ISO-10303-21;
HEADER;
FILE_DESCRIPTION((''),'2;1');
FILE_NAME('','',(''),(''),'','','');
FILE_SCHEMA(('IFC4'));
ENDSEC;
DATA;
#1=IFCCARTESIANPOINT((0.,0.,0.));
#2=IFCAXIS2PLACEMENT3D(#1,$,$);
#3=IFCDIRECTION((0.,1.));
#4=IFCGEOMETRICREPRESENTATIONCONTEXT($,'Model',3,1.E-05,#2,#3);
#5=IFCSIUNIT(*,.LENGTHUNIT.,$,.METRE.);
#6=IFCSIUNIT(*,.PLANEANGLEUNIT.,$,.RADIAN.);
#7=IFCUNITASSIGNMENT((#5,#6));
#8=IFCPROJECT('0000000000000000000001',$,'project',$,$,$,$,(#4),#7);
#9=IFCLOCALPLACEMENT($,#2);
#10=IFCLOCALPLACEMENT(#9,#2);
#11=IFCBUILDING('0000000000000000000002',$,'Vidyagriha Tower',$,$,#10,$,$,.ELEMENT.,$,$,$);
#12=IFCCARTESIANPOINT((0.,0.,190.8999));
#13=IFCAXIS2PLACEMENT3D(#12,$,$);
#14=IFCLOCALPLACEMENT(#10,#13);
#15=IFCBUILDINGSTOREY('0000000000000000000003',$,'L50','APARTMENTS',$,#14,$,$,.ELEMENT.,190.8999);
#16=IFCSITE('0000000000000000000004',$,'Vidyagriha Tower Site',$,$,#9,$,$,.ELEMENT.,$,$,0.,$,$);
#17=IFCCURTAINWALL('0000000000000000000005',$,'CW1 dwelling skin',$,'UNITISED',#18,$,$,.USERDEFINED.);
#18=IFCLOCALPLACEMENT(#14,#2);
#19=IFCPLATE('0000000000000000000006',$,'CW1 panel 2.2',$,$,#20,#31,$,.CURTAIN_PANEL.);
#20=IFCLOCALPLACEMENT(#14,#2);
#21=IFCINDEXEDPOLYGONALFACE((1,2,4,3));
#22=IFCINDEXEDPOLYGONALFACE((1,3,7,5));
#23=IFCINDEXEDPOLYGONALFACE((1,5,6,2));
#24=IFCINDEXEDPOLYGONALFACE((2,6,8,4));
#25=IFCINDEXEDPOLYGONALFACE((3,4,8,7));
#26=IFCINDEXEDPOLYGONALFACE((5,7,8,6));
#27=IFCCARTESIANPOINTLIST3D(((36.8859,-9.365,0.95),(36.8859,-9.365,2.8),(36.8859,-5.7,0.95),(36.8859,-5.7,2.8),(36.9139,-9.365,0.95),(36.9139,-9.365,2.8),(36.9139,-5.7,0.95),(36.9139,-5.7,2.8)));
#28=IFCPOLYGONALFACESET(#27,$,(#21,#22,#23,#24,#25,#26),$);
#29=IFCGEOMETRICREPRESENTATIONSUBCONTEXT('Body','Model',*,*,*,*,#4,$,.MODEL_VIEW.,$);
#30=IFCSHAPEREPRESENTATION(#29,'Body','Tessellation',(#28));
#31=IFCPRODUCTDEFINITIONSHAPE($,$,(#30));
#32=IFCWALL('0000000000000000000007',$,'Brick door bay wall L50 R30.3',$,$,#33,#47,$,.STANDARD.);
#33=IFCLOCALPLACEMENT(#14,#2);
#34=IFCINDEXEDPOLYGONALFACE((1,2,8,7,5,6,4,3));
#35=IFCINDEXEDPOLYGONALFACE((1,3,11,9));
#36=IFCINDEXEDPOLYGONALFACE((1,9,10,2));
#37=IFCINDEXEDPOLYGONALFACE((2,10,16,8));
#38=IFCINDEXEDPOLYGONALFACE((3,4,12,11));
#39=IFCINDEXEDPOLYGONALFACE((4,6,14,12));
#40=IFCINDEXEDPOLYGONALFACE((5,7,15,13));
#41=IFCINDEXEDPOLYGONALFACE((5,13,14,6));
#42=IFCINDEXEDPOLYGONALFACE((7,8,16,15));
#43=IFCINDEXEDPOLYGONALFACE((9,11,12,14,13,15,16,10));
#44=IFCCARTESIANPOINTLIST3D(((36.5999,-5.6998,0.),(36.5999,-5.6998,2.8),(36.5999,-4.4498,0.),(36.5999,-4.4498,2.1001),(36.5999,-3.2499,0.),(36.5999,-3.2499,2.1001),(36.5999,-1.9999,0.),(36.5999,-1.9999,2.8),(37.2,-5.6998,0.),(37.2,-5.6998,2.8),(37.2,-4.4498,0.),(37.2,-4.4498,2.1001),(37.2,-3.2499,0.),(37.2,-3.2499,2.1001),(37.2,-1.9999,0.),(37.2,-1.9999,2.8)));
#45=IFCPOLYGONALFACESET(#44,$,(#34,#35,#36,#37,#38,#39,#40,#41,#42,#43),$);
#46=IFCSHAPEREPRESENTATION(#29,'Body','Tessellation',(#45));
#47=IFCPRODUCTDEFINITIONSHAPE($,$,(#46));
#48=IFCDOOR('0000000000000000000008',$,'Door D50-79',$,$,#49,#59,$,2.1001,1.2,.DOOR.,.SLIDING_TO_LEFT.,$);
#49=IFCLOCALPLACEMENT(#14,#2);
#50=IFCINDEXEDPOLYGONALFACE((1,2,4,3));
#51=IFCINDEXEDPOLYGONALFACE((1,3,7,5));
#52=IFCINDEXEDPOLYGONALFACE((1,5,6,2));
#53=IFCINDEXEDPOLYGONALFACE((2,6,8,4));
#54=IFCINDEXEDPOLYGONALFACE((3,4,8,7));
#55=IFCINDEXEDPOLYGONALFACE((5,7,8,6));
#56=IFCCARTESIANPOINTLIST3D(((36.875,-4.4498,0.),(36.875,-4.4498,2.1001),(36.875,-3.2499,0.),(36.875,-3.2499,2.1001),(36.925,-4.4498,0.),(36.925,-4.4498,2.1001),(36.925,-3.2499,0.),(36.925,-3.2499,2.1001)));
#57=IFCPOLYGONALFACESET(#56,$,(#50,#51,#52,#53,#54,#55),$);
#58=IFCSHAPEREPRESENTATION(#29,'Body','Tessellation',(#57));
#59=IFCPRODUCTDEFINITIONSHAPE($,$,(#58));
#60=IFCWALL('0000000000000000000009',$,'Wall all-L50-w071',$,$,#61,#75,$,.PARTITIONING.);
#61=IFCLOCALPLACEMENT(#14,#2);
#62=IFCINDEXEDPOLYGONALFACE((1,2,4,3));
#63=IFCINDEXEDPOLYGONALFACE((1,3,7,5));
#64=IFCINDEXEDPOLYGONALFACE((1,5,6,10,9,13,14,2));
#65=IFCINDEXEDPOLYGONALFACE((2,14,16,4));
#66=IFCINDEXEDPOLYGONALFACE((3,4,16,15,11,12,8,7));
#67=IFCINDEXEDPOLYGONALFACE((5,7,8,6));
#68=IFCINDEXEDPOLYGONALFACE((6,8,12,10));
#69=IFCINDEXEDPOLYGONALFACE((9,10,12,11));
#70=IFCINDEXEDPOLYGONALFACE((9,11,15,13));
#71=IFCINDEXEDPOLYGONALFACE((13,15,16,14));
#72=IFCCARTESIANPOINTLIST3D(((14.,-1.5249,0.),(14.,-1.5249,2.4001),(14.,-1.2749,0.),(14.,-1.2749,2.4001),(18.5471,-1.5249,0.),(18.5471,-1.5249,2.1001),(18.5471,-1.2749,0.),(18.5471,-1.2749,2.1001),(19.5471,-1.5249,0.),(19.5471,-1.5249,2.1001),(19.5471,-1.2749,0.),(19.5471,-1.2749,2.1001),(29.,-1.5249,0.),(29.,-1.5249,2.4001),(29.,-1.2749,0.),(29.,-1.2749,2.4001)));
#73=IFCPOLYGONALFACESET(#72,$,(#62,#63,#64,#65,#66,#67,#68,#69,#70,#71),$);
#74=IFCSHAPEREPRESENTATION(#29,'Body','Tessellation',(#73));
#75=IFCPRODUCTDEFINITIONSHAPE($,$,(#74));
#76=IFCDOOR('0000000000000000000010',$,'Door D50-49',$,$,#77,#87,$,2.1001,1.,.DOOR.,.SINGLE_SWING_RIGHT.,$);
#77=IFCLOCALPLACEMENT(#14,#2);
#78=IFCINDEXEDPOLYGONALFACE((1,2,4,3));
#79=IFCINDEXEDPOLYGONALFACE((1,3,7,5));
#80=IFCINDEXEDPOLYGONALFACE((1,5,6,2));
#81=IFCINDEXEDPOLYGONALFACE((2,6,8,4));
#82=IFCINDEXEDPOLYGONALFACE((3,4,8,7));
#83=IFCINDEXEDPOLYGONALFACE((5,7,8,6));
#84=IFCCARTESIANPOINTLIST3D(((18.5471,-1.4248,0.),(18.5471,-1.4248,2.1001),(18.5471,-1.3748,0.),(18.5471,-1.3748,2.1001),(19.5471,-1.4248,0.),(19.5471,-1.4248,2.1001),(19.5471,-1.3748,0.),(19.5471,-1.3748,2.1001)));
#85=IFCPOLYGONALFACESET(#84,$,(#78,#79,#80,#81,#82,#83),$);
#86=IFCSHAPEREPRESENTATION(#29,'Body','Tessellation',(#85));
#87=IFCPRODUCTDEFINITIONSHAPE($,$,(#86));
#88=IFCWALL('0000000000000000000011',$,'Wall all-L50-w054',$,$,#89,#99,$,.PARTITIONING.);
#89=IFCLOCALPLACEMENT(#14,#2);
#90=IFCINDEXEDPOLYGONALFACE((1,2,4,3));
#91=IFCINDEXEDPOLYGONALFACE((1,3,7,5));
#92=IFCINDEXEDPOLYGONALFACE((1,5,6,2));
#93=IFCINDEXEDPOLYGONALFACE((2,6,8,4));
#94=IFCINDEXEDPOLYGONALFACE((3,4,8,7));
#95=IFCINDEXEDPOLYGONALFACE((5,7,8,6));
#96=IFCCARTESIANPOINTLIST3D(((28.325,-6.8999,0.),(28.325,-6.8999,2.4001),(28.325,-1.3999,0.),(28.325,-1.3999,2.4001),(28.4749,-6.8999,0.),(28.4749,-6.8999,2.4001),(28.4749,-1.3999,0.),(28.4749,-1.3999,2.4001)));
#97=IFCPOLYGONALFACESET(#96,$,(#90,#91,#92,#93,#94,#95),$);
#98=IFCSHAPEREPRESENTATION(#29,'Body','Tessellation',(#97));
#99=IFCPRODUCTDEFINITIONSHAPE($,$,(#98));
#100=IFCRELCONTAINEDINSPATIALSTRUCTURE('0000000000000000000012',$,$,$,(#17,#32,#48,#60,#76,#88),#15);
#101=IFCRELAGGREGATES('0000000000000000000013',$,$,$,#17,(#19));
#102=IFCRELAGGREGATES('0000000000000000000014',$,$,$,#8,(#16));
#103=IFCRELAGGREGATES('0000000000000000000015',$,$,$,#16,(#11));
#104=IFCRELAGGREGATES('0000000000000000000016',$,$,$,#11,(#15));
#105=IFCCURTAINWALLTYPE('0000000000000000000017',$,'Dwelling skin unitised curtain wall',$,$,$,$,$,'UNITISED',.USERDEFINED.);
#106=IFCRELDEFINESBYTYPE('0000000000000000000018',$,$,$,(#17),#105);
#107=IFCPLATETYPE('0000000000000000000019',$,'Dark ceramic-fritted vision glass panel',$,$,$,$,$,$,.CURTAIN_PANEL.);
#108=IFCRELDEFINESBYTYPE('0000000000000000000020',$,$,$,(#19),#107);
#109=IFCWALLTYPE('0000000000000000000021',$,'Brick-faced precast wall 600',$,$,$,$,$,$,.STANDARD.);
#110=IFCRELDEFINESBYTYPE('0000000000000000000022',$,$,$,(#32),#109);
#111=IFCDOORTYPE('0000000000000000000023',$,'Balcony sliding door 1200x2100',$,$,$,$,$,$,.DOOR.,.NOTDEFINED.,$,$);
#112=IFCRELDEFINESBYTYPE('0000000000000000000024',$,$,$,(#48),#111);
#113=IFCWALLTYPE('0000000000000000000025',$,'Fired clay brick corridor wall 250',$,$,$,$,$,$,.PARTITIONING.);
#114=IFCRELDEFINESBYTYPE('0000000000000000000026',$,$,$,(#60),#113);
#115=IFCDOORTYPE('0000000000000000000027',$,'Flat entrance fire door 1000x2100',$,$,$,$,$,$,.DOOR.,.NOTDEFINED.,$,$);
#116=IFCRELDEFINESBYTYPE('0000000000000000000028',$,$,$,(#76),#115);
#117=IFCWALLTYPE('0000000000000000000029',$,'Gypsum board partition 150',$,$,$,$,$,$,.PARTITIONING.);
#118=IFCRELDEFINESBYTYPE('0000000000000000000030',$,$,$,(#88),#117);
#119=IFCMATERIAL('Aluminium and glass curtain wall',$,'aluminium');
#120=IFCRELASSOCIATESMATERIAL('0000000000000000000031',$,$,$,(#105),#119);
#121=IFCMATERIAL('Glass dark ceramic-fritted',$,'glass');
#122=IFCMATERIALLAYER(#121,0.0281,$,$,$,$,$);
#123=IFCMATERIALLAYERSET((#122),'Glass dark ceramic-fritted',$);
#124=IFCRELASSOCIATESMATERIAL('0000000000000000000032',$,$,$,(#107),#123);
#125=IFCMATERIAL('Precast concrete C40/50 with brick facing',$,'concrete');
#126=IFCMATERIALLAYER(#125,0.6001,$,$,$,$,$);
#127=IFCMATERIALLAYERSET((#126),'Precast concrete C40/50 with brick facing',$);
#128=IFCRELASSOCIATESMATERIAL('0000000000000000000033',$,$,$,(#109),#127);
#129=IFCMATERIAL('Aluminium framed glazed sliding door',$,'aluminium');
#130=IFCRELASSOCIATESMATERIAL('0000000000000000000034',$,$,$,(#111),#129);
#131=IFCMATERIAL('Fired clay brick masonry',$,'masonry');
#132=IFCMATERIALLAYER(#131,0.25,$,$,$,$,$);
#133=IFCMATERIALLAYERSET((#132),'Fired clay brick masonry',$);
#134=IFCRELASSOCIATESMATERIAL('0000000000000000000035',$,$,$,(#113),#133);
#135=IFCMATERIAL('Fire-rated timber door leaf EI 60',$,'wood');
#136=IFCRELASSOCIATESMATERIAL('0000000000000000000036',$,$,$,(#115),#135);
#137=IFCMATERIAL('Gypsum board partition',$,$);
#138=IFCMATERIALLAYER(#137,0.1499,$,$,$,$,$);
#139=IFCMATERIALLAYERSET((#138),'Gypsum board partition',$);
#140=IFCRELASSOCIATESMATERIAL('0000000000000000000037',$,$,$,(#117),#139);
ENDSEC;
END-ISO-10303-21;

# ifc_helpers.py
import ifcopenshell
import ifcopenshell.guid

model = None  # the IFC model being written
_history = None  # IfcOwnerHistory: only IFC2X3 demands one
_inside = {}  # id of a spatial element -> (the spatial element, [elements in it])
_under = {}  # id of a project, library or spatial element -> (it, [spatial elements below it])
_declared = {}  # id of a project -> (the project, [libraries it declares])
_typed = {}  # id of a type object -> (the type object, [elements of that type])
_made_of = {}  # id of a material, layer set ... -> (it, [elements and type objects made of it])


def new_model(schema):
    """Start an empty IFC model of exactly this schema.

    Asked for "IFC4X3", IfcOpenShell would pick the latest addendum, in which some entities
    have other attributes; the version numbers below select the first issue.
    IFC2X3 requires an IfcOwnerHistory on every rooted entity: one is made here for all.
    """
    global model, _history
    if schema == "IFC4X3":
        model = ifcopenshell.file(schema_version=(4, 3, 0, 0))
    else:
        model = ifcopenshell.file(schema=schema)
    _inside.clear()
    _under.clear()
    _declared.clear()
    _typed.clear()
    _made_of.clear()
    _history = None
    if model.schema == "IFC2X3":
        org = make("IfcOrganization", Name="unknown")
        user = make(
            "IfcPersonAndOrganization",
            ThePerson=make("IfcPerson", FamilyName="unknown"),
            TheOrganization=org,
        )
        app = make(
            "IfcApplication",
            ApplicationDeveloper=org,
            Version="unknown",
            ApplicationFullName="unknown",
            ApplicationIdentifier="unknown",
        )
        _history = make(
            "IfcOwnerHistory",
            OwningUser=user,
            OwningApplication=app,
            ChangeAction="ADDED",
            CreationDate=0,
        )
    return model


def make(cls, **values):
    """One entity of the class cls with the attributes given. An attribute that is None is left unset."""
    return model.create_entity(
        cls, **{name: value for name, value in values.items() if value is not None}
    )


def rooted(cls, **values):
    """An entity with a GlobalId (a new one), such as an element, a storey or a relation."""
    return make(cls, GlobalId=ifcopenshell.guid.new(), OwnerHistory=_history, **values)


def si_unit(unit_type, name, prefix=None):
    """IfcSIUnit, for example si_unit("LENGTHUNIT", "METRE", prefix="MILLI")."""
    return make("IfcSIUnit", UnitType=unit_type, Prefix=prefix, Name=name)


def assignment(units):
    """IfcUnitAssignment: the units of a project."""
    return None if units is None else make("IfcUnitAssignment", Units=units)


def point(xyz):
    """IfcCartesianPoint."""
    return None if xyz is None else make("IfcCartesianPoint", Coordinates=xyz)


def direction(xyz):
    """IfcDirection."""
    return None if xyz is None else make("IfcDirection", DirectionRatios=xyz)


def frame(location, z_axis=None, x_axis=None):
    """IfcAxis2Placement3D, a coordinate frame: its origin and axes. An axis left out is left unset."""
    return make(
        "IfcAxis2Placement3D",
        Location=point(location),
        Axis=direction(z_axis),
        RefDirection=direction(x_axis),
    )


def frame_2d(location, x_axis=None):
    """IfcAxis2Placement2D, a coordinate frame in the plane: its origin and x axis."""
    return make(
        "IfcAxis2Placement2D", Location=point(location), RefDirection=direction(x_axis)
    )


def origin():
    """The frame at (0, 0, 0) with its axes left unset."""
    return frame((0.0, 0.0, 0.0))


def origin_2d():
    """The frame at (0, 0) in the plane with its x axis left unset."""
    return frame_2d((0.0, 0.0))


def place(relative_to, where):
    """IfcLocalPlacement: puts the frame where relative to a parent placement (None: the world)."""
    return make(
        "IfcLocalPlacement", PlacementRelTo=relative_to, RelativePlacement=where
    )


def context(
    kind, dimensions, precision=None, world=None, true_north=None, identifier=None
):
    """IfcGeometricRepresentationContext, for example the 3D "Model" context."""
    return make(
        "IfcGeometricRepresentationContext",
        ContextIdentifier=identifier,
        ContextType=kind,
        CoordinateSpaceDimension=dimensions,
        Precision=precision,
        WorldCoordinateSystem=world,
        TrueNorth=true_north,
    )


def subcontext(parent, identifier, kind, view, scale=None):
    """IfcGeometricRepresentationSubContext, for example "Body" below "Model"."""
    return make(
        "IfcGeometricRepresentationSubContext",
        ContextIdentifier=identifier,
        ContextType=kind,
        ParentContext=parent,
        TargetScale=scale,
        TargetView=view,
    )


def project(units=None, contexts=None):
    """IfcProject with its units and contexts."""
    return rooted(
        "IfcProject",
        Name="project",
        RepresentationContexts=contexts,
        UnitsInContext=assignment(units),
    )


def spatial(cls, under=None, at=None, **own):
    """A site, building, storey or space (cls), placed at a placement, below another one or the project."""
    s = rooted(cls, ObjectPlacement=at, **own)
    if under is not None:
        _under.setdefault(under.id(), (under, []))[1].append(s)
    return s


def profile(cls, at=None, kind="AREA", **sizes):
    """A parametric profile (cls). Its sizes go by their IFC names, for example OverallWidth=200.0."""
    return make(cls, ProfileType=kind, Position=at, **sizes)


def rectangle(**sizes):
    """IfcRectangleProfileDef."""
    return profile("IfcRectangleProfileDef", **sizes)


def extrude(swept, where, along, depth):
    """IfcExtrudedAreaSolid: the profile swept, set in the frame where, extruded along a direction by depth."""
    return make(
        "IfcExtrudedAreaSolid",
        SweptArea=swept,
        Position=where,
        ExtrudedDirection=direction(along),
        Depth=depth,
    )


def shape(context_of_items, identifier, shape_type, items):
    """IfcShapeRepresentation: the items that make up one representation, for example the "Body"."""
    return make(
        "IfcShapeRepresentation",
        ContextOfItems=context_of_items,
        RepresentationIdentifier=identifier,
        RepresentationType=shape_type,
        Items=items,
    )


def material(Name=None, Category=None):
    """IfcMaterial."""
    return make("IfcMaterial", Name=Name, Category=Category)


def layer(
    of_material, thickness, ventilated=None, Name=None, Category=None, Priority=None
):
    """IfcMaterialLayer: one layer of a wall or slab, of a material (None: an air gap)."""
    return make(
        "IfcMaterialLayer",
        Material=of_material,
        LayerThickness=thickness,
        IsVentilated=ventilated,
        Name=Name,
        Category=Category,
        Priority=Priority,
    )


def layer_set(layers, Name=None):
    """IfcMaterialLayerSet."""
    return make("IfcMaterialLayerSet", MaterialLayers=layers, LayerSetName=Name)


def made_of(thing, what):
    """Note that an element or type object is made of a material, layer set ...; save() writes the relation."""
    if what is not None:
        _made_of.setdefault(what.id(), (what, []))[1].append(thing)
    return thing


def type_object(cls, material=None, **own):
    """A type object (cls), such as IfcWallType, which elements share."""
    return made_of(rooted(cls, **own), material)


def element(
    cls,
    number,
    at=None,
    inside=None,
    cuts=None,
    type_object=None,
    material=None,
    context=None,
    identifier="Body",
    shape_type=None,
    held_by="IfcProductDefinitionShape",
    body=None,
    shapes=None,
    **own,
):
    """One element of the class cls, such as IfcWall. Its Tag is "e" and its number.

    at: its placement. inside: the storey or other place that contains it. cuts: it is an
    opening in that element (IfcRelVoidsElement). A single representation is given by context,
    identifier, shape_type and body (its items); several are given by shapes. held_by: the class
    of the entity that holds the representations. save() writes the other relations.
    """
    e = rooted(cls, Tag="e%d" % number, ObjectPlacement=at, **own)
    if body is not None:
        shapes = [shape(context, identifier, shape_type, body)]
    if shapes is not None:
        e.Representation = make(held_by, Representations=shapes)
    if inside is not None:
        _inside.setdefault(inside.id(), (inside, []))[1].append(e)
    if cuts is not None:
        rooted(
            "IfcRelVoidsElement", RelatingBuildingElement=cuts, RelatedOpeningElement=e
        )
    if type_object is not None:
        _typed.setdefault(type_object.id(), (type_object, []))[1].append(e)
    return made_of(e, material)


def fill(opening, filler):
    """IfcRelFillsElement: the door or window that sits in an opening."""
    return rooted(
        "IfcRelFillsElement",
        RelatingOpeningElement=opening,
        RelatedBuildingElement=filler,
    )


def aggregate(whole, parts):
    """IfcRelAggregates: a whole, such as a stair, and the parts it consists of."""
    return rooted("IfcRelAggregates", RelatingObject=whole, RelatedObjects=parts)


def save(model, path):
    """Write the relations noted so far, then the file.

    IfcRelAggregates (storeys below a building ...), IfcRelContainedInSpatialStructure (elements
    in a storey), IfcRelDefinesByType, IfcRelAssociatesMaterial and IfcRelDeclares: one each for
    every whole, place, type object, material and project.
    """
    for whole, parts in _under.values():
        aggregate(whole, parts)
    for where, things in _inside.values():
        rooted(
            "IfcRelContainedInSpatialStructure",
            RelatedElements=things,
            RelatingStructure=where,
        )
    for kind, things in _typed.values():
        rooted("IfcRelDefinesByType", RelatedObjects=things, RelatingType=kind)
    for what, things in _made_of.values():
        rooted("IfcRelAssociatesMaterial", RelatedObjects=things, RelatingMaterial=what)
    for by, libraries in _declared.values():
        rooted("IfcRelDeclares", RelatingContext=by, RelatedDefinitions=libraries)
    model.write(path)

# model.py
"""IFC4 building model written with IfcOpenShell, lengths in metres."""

from ifc_helpers import new_model, si_unit, direction, frame, frame_2d, origin, origin_2d, place, context, subcontext, project, spatial, rectangle, extrude, material, layer, layer_set, type_object, element, fill, aggregate, save


model = new_model("IFC4")

# Units and contexts
model_context = context("Model", 3, precision=1e-05, world=origin(), true_north=direction((0.0, 1.0)))
body_context = subcontext(model_context, "Body", "Model", "MODEL_VIEW")
ifc_project = project(units=[si_unit("LENGTHUNIT", "METRE"), si_unit("PLANEANGLEUNIT", "RADIAN")], contexts=[model_context])

# Site, building, storey
site_placement = place(None, origin())
site = spatial("IfcSite", under=ifc_project, at=site_placement, Name="Vidyagriha Tower Site", CompositionType="ELEMENT", RefElevation=0.0)
building_placement = place(site_placement, origin())
building = spatial("IfcBuilding", under=site, at=building_placement, Name="Vidyagriha Tower", CompositionType="ELEMENT")
storey_placement = place(building_placement, frame((0.0, 0.0, 190.8999)))
storey = spatial("IfcBuildingStorey", under=building, at=storey_placement, Name="L50", Description="APARTMENTS", CompositionType="ELEMENT", Elevation=190.8999)

# Curtain wall
ifc_material_1 = material(Name="Aluminium and glass curtain wall", Category="aluminium")
curtain_wall_type = type_object("IfcCurtainWallType", Name="Dwelling skin unitised curtain wall", ElementType="UNITISED", PredefinedType="USERDEFINED", material=ifc_material_1)
curtain_wall_1_placement = place(storey_placement, origin())
curtain_wall_1 = element("IfcCurtainWall", 1, at=curtain_wall_1_placement, inside=storey, type_object=curtain_wall_type, Name="CW1 dwelling skin", ObjectType="UNITISED", PredefinedType="USERDEFINED")

# Plate
ifc_material_2 = material(Name="Glass dark ceramic-fritted", Category="glass")
ifc_layer_1 = layer(ifc_material_2, 0.0281)
ifc_layer_set_1 = layer_set([ifc_layer_1], Name="Glass dark ceramic-fritted")
plate_type_1 = type_object("IfcPlateType", Name="Dark ceramic-fritted vision glass panel", PredefinedType="CURTAIN_PANEL", material=ifc_layer_set_1)
plate_1_placement = place(storey_placement, frame((36.8999, -7.5325, 0.95), z_axis=(0.0, 0.0, 1.0), x_axis=(0.0, 1.0, 0.0)))
plate_1 = element("IfcPlate", 2, at=plate_1_placement, type_object=plate_type_1, Name="CW1 panel 2.2", PredefinedType="CURTAIN_PANEL", context=body_context, shape_type="SweptSolid", body=[
    extrude(rectangle(XDim=3.665, YDim=0.0281, at=origin_2d()), origin(), (0.0, 0.0, 1.0), 1.8501),
])
aggregate(curtain_wall_1, [plate_1])

# Walls, openings, doors
ifc_material_3 = material(Name="Precast concrete C40/50 with brick facing", Category="concrete")
ifc_layer_2 = layer(ifc_material_3, 0.6001)
ifc_layer_set_2 = layer_set([ifc_layer_2], Name="Precast concrete C40/50 with brick facing")
wall_type_1 = type_object("IfcWallType", Name="Brick-faced precast wall 600", PredefinedType="STANDARD", material=ifc_layer_set_2)
wall_1_placement = place(storey_placement, frame((36.8999, -5.7, 0.0), z_axis=(0.0, 0.0, 1.0), x_axis=(0.0, 1.0, 0.0)))
wall_1 = element("IfcWall", 3, at=wall_1_placement, inside=storey, type_object=wall_type_1, Name="Brick door bay wall L50 R30.3", PredefinedType="STANDARD", context=body_context, shape_type="SweptSolid", body=[
    extrude(rectangle(XDim=3.7, YDim=0.6001, at=frame_2d((1.8501, 0.0))), origin(), (0.0, 0.0, 1.0), 2.8),
])
opening_1_placement = place(wall_1_placement, frame((1.25, 0.0, 0.0)))
opening_1 = element("IfcOpeningElement", 4, at=opening_1_placement, cuts=wall_1, PredefinedType="OPENING", context=body_context, shape_type="SweptSolid", body=[
    extrude(rectangle(XDim=1.2, YDim=2.1001, at=frame_2d((0.6001, 1.05))), frame((0.0, 0.3101, 0.0), z_axis=(0.0, -1.0, 0.0), x_axis=(1.0, 0.0, 0.0)), (0.0, 0.0, 1.0), 0.6201),
])
ifc_material_4 = material(Name="Aluminium framed glazed sliding door", Category="aluminium")
door_type_1 = type_object("IfcDoorType", Name="Balcony sliding door 1200x2100", OperationType="NOTDEFINED", PredefinedType="DOOR", material=ifc_material_4)
door_1_placement = place(opening_1_placement, origin())
door_1 = element("IfcDoor", 5, at=door_1_placement, inside=storey, type_object=door_type_1, Name="Door D50-79", OperationType="SLIDING_TO_LEFT", OverallHeight=2.1001, OverallWidth=1.2, PredefinedType="DOOR", context=body_context, shape_type="SweptSolid", body=[
    extrude(rectangle(XDim=1.2, YDim=2.1001, at=frame_2d((0.6001, 1.05))), frame((0.0, 0.0249, 0.0), z_axis=(0.0, -1.0, 0.0), x_axis=(1.0, 0.0, 0.0)), (0.0, 0.0, 1.0), 0.05),
])
fill(opening_1, door_1)
ifc_material_5 = material(Name="Fired clay brick masonry", Category="masonry")
ifc_layer_3 = layer(ifc_material_5, 0.25)
ifc_layer_set_3 = layer_set([ifc_layer_3], Name="Fired clay brick masonry")
wall_type_2 = type_object("IfcWallType", Name="Fired clay brick corridor wall 250", PredefinedType="PARTITIONING", material=ifc_layer_set_3)
wall_2_placement = place(storey_placement, frame((29.0, -1.3999, 0.0), z_axis=(0.0, 0.0, 1.0), x_axis=(-1.0, 0.0, 0.0)))
wall_2 = element("IfcWall", 6, at=wall_2_placement, inside=storey, type_object=wall_type_2, Name="Wall all-L50-w071", PredefinedType="PARTITIONING", context=body_context, shape_type="SweptSolid", body=[
    extrude(rectangle(XDim=15.0, YDim=0.25, at=frame_2d((7.5, 0.0))), origin(), (0.0, 0.0, 1.0), 2.4001),
])
opening_2_placement = place(wall_2_placement, frame((9.4529, 0.0, 0.0)))
opening_2 = element("IfcOpeningElement", 7, at=opening_2_placement, cuts=wall_2, PredefinedType="OPENING", context=body_context, shape_type="SweptSolid", body=[
    extrude(rectangle(XDim=1.0, YDim=2.1001, at=frame_2d((0.5, 1.05))), frame((0.0, 0.135, 0.0), z_axis=(0.0, -1.0, 0.0), x_axis=(1.0, 0.0, 0.0)), (0.0, 0.0, 1.0), 0.27),
])
ifc_material_6 = material(Name="Fire-rated timber door leaf EI 60", Category="wood")
door_type_2 = type_object("IfcDoorType", Name="Flat entrance fire door 1000x2100", OperationType="NOTDEFINED", PredefinedType="DOOR", material=ifc_material_6)
door_2_placement = place(opening_2_placement, origin())
door_2 = element("IfcDoor", 8, at=door_2_placement, inside=storey, type_object=door_type_2, Name="Door D50-49", OperationType="SINGLE_SWING_RIGHT", OverallHeight=2.1001, OverallWidth=1.0, PredefinedType="DOOR", context=body_context, shape_type="SweptSolid", body=[
    extrude(rectangle(XDim=1.0, YDim=2.1001, at=frame_2d((0.5, 1.05))), frame((0.0, 0.0249, 0.0), z_axis=(0.0, -1.0, 0.0), x_axis=(1.0, 0.0, 0.0)), (0.0, 0.0, 1.0), 0.05),
])
fill(opening_2, door_2)

# Wall
ifc_material_7 = material(Name="Gypsum board partition")
ifc_layer_4 = layer(ifc_material_7, 0.1499)
ifc_layer_set_4 = layer_set([ifc_layer_4], Name="Gypsum board partition")
wall_type_3 = type_object("IfcWallType", Name="Gypsum board partition 150", PredefinedType="PARTITIONING", material=ifc_layer_set_4)
wall_3_placement = place(storey_placement, frame((28.3999, -1.3999, 0.0), z_axis=(0.0, 0.0, 1.0), x_axis=(0.0, -1.0, 0.0)))
element("IfcWall", 9, at=wall_3_placement, inside=storey, type_object=wall_type_3, Name="Wall all-L50-w054", PredefinedType="PARTITIONING", context=body_context, shape_type="SweptSolid", body=[
    extrude(rectangle(XDim=5.5, YDim=0.1499, at=frame_2d((2.75, 0.0))), origin(), (0.0, 0.0, 1.0), 2.4001),
])

save(model, "model.ifc")
